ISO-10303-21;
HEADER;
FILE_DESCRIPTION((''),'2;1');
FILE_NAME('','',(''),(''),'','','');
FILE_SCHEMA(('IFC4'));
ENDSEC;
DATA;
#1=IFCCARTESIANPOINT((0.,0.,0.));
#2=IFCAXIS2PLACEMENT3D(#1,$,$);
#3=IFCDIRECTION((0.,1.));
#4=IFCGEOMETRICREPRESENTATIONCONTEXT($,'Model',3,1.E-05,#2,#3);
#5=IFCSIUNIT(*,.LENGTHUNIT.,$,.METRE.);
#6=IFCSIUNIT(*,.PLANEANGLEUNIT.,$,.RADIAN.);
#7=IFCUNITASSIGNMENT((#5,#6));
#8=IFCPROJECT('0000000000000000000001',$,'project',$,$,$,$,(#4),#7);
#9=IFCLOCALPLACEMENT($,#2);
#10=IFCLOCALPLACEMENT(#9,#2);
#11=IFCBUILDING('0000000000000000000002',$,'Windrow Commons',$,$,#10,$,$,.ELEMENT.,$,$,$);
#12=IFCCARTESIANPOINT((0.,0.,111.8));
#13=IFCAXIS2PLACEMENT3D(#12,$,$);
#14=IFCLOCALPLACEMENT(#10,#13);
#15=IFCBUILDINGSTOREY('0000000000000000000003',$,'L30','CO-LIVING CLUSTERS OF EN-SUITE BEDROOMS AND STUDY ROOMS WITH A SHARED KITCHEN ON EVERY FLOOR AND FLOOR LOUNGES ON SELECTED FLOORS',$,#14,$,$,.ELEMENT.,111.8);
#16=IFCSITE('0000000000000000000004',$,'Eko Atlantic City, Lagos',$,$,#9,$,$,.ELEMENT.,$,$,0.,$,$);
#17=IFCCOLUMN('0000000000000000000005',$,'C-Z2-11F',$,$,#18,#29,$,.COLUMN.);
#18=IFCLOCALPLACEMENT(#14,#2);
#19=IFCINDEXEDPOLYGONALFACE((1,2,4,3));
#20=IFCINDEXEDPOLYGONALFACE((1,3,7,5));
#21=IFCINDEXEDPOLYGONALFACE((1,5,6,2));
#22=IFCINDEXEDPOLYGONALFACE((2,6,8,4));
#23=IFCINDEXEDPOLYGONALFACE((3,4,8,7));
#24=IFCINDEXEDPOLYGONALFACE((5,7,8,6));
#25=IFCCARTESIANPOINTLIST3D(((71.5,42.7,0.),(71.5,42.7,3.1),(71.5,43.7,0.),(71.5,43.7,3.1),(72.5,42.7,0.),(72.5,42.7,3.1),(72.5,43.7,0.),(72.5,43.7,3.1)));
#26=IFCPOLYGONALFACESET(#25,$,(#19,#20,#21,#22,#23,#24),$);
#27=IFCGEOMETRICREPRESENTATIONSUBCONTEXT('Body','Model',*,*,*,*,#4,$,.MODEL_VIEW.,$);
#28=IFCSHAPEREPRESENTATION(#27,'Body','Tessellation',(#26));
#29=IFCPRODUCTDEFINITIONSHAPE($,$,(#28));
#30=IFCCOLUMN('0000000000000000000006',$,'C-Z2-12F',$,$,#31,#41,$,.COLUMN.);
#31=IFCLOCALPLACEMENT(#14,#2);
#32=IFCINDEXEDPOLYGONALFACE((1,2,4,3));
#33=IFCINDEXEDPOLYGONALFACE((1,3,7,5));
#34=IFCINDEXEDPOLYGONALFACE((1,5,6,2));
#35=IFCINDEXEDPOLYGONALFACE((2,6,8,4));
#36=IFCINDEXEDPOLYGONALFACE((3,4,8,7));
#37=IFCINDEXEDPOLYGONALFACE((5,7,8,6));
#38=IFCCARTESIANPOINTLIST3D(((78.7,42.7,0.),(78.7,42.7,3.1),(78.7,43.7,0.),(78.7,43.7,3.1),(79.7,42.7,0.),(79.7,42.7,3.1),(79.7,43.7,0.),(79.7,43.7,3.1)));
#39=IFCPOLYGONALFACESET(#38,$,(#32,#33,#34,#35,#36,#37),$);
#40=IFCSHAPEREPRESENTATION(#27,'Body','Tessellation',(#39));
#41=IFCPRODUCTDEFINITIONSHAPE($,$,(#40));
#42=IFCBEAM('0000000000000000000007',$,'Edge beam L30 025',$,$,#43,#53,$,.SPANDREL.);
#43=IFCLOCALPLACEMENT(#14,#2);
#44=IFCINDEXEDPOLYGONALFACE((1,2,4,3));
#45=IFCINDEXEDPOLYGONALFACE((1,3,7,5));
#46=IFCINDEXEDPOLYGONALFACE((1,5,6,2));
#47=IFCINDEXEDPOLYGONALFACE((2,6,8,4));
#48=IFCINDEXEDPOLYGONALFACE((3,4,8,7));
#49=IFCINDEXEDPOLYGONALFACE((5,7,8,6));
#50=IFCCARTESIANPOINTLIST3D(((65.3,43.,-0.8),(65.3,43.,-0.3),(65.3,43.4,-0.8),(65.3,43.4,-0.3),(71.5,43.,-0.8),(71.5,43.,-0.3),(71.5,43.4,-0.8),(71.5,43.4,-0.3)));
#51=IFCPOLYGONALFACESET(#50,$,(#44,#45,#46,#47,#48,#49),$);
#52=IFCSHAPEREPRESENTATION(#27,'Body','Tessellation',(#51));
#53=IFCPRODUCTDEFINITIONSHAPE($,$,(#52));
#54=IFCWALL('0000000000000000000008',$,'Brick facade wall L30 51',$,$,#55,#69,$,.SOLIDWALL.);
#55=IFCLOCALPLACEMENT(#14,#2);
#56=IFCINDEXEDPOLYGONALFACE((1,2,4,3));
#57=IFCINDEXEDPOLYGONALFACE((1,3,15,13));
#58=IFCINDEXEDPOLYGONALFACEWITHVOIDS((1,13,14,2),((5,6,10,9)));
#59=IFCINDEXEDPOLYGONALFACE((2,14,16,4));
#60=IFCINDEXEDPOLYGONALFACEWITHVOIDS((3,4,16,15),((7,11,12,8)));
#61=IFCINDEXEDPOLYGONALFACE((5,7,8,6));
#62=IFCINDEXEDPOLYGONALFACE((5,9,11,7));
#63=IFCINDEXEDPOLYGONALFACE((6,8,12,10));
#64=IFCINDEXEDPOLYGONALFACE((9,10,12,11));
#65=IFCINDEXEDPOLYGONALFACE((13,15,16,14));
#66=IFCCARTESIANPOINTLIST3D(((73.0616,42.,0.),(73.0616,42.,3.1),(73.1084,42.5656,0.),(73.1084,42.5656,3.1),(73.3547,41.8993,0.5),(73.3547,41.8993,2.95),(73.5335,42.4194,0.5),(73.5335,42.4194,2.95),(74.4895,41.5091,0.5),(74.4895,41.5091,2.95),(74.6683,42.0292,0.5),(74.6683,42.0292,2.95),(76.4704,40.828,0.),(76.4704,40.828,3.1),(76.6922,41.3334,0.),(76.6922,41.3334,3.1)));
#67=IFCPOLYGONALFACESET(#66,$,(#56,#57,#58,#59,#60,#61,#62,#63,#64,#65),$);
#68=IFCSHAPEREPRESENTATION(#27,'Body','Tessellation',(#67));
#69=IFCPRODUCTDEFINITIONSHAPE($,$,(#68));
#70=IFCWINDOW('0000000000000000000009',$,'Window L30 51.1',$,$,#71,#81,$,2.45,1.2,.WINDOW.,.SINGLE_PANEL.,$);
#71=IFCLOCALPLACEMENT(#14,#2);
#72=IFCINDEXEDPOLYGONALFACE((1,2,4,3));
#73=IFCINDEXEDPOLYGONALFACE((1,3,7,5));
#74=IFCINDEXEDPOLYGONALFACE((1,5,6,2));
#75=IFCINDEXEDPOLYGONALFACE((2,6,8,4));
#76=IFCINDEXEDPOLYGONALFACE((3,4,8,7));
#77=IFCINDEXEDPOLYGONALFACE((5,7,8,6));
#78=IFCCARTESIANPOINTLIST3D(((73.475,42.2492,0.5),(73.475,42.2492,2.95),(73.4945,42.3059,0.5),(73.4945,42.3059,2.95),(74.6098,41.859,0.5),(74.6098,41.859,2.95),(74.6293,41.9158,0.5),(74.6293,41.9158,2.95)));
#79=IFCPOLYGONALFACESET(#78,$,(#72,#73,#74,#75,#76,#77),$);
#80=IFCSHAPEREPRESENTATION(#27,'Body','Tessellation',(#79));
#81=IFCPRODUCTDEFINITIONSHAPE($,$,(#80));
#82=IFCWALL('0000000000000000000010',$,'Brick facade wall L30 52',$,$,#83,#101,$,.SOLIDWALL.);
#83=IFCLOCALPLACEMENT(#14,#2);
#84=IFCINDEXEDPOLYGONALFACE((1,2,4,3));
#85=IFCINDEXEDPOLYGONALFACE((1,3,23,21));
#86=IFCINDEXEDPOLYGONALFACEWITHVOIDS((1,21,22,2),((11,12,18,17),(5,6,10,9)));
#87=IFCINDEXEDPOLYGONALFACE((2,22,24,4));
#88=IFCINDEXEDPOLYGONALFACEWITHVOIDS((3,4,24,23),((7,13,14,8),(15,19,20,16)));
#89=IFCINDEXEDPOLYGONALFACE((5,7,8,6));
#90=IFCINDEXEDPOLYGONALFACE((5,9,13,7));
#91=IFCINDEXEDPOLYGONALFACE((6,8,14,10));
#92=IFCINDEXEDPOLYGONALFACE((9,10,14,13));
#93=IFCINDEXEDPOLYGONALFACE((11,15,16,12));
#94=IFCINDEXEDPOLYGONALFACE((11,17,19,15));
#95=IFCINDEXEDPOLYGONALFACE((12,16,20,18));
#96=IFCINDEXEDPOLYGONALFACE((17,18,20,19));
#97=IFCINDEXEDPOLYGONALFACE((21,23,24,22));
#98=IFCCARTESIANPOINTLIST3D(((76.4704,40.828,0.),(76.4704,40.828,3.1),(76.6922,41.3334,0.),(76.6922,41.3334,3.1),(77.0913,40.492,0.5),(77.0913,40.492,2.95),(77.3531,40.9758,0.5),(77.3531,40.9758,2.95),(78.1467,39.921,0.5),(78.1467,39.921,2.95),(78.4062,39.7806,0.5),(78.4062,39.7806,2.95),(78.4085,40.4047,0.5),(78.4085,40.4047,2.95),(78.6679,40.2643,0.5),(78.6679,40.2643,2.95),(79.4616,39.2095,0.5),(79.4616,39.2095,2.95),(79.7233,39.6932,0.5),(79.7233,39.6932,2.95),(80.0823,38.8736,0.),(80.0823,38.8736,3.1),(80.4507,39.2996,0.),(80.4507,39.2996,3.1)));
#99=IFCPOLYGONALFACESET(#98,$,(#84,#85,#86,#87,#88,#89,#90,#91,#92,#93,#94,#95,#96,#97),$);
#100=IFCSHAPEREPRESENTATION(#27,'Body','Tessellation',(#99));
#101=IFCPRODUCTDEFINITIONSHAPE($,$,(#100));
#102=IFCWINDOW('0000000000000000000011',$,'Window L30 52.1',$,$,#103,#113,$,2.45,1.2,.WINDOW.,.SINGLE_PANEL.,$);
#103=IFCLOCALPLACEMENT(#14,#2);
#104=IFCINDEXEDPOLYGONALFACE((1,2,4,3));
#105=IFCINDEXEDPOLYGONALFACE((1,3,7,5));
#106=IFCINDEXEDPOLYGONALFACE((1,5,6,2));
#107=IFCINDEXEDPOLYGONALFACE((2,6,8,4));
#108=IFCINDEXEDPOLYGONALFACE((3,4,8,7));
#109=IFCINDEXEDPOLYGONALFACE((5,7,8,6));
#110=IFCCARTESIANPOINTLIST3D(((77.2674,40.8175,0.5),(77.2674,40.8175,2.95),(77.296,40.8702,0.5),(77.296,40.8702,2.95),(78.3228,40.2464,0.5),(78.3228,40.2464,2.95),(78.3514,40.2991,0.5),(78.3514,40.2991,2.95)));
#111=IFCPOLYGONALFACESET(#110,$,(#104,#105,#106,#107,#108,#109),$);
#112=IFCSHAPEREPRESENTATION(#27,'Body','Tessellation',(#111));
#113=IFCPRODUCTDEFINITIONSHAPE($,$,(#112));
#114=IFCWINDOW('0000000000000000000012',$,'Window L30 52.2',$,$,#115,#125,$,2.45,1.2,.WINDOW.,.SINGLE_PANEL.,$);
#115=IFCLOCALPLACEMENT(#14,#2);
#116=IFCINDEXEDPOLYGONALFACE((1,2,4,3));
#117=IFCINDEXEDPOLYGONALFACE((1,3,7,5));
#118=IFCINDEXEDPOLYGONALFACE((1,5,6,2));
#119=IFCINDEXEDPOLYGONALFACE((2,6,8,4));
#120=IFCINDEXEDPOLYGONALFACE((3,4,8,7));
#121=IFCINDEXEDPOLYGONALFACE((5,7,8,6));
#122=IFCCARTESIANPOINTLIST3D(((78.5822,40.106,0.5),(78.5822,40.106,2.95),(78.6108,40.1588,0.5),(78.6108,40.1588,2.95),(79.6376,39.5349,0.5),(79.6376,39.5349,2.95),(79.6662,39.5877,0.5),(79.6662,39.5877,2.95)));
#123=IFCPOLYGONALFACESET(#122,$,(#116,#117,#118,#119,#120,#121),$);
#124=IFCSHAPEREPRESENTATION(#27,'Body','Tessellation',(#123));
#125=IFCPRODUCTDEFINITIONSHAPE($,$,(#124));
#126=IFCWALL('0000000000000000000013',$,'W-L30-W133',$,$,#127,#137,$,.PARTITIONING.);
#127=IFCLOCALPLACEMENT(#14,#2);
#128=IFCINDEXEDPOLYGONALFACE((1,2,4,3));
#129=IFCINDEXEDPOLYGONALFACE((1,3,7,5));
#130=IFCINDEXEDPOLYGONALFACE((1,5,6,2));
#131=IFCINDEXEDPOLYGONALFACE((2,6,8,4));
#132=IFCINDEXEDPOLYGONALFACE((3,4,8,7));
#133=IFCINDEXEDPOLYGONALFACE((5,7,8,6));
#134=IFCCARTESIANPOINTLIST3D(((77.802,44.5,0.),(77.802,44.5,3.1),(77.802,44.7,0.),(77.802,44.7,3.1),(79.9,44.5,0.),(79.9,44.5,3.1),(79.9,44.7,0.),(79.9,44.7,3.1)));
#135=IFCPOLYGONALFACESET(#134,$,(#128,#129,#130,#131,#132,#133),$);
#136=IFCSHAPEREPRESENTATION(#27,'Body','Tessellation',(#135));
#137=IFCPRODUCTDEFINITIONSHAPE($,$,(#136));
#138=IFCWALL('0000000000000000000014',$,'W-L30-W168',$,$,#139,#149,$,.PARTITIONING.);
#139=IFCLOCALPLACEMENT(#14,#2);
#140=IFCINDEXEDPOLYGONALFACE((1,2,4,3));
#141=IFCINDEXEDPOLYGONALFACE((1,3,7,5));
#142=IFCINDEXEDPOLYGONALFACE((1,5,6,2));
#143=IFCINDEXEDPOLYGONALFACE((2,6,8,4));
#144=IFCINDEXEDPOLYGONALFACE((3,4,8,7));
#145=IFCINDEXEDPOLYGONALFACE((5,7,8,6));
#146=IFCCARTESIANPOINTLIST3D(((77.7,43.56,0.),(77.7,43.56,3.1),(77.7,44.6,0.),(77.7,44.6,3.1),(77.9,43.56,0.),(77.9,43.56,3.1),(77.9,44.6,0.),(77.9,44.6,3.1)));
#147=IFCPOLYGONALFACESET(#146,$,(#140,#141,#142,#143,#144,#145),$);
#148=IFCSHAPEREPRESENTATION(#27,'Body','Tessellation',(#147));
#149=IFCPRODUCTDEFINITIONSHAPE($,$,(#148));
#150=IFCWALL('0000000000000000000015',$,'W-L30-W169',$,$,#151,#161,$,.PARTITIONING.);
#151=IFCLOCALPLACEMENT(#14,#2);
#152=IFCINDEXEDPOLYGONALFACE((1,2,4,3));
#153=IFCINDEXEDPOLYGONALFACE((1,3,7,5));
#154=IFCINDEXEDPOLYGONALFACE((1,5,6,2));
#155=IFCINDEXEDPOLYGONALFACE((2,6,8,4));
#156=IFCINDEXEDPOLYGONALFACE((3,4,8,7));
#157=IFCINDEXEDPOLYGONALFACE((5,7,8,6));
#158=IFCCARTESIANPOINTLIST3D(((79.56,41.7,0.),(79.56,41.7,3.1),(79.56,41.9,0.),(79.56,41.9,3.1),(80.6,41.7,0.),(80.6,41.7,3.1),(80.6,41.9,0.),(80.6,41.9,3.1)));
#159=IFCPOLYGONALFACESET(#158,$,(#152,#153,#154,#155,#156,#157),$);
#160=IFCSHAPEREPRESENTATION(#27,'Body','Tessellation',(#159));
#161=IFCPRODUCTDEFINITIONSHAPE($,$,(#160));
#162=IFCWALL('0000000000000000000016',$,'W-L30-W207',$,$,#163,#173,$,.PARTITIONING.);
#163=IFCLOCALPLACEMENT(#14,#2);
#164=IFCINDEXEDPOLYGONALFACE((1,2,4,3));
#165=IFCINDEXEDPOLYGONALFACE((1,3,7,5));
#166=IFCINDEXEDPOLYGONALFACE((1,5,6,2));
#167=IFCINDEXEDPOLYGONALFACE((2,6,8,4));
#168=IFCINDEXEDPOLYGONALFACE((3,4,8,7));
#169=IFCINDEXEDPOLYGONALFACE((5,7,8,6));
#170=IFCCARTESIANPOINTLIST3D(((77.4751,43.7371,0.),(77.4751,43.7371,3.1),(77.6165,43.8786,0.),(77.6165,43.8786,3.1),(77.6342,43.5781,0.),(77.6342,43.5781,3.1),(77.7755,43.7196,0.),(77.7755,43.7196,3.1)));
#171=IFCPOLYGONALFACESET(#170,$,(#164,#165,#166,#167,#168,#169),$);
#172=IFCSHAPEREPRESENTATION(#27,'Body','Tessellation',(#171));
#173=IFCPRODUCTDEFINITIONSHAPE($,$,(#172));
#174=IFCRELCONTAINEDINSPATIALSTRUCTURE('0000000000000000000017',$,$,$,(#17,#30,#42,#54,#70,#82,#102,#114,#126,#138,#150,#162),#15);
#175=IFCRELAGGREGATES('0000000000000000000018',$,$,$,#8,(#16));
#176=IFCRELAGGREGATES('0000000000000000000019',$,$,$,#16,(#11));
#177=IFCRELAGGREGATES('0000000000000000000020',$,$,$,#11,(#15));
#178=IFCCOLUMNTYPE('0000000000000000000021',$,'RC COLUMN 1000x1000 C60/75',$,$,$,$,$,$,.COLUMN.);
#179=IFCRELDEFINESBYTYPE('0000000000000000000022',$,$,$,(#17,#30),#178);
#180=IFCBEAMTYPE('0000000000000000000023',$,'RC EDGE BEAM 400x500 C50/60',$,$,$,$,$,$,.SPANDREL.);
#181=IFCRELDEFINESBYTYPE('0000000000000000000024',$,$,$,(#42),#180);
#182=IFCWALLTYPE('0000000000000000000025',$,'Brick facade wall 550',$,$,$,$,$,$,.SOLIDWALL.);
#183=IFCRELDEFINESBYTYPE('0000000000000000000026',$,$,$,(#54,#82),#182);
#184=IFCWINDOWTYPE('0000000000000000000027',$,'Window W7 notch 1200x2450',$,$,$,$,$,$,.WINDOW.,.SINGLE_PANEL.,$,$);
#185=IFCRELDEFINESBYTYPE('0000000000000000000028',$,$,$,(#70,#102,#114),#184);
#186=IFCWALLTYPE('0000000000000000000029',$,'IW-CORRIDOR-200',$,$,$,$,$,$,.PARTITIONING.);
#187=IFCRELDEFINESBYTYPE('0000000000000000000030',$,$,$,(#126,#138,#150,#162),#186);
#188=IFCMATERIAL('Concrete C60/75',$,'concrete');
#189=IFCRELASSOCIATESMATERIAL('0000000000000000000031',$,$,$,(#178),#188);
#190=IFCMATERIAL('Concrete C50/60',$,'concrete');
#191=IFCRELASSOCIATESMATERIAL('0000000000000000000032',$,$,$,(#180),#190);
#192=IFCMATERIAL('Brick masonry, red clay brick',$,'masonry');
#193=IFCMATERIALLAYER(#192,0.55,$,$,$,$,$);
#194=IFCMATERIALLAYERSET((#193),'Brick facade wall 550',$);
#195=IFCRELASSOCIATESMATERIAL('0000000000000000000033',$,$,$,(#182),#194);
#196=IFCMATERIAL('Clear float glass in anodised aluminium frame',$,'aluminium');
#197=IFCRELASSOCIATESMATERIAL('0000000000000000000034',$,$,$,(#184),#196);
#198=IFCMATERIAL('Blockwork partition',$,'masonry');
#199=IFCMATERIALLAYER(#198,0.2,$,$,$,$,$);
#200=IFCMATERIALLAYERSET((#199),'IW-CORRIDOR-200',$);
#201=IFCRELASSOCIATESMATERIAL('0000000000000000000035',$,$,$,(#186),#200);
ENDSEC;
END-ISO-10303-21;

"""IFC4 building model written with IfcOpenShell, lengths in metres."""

from ifc_helpers import new_model, si_unit, direction, frame, frame_2d, origin, origin_2d, place, context, subcontext, project, spatial, polyline, rectangle, outline, extrude, material, layer, layer_set, material_profile, profile_set, type_object, element, fill, save


model = new_model("IFC4")

# Units and contexts
model_context = context("Model", 3, precision=1e-05, world=origin(), true_north=direction((0.0, 1.0)))
body_context = subcontext(model_context, "Body", "Model", "MODEL_VIEW")
ifc_project = project(units=[si_unit("LENGTHUNIT", "METRE"), si_unit("PLANEANGLEUNIT", "RADIAN")], contexts=[model_context])

# Site, building, storey
site_placement = place(None, origin())
site = spatial("IfcSite", under=ifc_project, at=site_placement, Name="Eko Atlantic City, Lagos", CompositionType="ELEMENT", RefElevation=0.0)
building_placement = place(site_placement, origin())
building = spatial("IfcBuilding", under=site, at=building_placement, Name="Windrow Commons", CompositionType="ELEMENT")
storey_placement = place(building_placement, frame((0.0, 0.0, 111.8)))
storey = spatial("IfcBuildingStorey", under=building, at=storey_placement, Name="L30", Description="CO-LIVING CLUSTERS OF EN-SUITE BEDROOMS AND STUDY ROOMS WITH A SHARED KITCHEN ON EVERY FLOOR AND FLOOR LOUNGES ON SELECTED FLOORS", CompositionType="ELEMENT", Elevation=111.8)

# Columns
ifc_material_1 = material(Name="Concrete C60/75", Category="concrete")
ifc_material_profile_1 = material_profile(ifc_material_1, rectangle(XDim=1.0, YDim=1.0, at=origin_2d()))
ifc_profile_set_1 = profile_set([ifc_material_profile_1], Name="Concrete C60/75")
column_type = type_object("IfcColumnType", Name="RC COLUMN 1000x1000 C60/75", PredefinedType="COLUMN", material=ifc_profile_set_1)
for number, where, z_axis, x_axis, name in (
    (1, (72.0, 43.2, 0.0), (0.0, 0.0, 1.0), (1.0, 0.0, 0.0), "C-Z2-11F"),
    (2, (79.2, 43.2, 0.0), (0.0, 0.0, 1.0), (1.0, 0.0, 0.0), "C-Z2-12F"),
):
    element("IfcColumn", number, at=place(storey_placement, frame(where, z_axis=z_axis, x_axis=x_axis)), inside=storey, type_object=column_type, Name=name, PredefinedType="COLUMN", context=body_context, shape_type="SweptSolid", body=[
        extrude(rectangle(XDim=1.0, YDim=1.0, at=origin_2d()), origin(), (0.0, 0.0, 1.0), 3.1),
    ])

# Beam
ifc_material_2 = material(Name="Concrete C50/60", Category="concrete")
ifc_material_profile_2 = material_profile(ifc_material_2, rectangle(XDim=0.4, YDim=0.5, at=origin_2d()))
ifc_profile_set_2 = profile_set([ifc_material_profile_2], Name="Concrete C50/60")
beam_type = type_object("IfcBeamType", Name="RC EDGE BEAM 400x500 C50/60", PredefinedType="SPANDREL", material=ifc_profile_set_2)
beam_placement = place(storey_placement, frame((71.5, 43.2, -0.55), z_axis=(-1.0, 0.0, 0.0), x_axis=(0.0, -1.0, 0.0)))
element("IfcBeam", 3, at=beam_placement, inside=storey, type_object=beam_type, Name="Edge beam L30 025", PredefinedType="SPANDREL", context=body_context, shape_type="SweptSolid", body=[
    extrude(rectangle(XDim=0.4, YDim=0.5, at=origin_2d()), origin(), (0.0, 0.0, 1.0), 6.2),
])

# Wall, opening, window
ifc_material_3 = material(Name="Brick masonry, red clay brick", Category="masonry")
ifc_layer_1 = layer(ifc_material_3, 0.55)
ifc_layer_set_1 = layer_set([ifc_layer_1], Name="Brick facade wall 550")
wall_type_1 = type_object("IfcWallType", Name="Brick facade wall 550", PredefinedType="SOLIDWALL", material=ifc_layer_set_1)
wall_1_placement = place(storey_placement, frame((73.085, 42.2828, 0.0), z_axis=(0.0, 0.0, 1.0), x_axis=(0.945666, -0.325139, 0.0)))
wall_1 = element("IfcWall", 4, at=wall_1_placement, inside=storey, type_object=wall_type_1, Name="Brick facade wall L30 51", PredefinedType="SOLIDWALL", context=body_context, shape_type="SweptSolid", body=[
    extrude(outline(polyline([(0.0698, -0.275), (3.6745, -0.275), (3.7199, 0.275), (-0.0698, 0.275), (0.0698, -0.275)])), origin(), (0.0, 0.0, 1.0), 3.1),
])
opening_1_placement = place(wall_1_placement, frame((0.3797, 0.0, 0.5)))
opening_1 = element("IfcOpeningElement", 5, at=opening_1_placement, cuts=wall_1, PredefinedType="OPENING", context=body_context, shape_type="SweptSolid", body=[
    extrude(rectangle(XDim=1.2, YDim=2.45, at=frame_2d((0.6, 1.225))), frame((0.0, 0.285, 0.0), z_axis=(0.0, -1.0, 0.0), x_axis=(1.0, 0.0, 0.0)), (0.0, 0.0, 1.0), 0.57),
])
ifc_material_4 = material(Name="Clear float glass in anodised aluminium frame", Category="aluminium")
window_type = type_object("IfcWindowType", Name="Window W7 notch 1200x2450", PartitioningType="SINGLE_PANEL", PredefinedType="WINDOW", material=ifc_material_4)
window_1_placement = place(opening_1_placement, origin())
window_1 = element("IfcWindow", 6, at=window_1_placement, inside=storey, type_object=window_type, Name="Window L30 51.1", OverallHeight=2.45, OverallWidth=1.2, PartitioningType="SINGLE_PANEL", PredefinedType="WINDOW", context=body_context, shape_type="SweptSolid", body=[
    extrude(rectangle(XDim=1.2, YDim=2.45, at=frame_2d((0.6, 1.225))), frame((0.0, 0.155, 0.0), z_axis=(0.0, -1.0, 0.0), x_axis=(1.0, 0.0, 0.0)), (0.0, 0.0, 1.0), 0.06),
])
fill(opening_1, window_1)

# Wall, openings, windows
wall_2_placement = place(storey_placement, frame((76.5813, 41.0807, 0.0), z_axis=(0.0, 0.0, 1.0), x_axis=(0.879497, -0.475905, 0.0)))
wall_2 = element("IfcWall", 7, at=wall_2_placement, inside=storey, type_object=wall_type_1, Name="Brick facade wall L30 52", PredefinedType="SOLIDWALL", context=body_context, shape_type="SweptSolid", body=[
    extrude(outline(polyline([(0.0227, -0.275), (4.1295, -0.275), (4.2507, 0.275), (-0.0227, 0.275), (0.0227, -0.275)])), origin(), (0.0, 0.0, 1.0), 3.1),
])
opening_2_placement = place(wall_2_placement, frame((0.7287, 0.0, 0.5)))
opening_2 = element("IfcOpeningElement", 8, at=opening_2_placement, cuts=wall_2, PredefinedType="OPENING", context=body_context, shape_type="SweptSolid", body=[
    extrude(rectangle(XDim=1.2, YDim=2.45, at=frame_2d((0.6, 1.225))), frame((0.0, 0.285, 0.0), z_axis=(0.0, -1.0, 0.0), x_axis=(1.0, 0.0, 0.0)), (0.0, 0.0, 1.0), 0.57),
])
opening_3_placement = place(wall_2_placement, frame((2.2237, 0.0, 0.5)))
opening_3 = element("IfcOpeningElement", 9, at=opening_3_placement, cuts=wall_2, PredefinedType="OPENING", context=body_context, shape_type="SweptSolid", body=[
    extrude(rectangle(XDim=1.2, YDim=2.45, at=frame_2d((0.6, 1.225))), frame((0.0, 0.285, 0.0), z_axis=(0.0, -1.0, 0.0), x_axis=(1.0, 0.0, 0.0)), (0.0, 0.0, 1.0), 0.57),
])
window_2_placement = place(opening_2_placement, origin())
window_2 = element("IfcWindow", 10, at=window_2_placement, inside=storey, type_object=window_type, Name="Window L30 52.1", OverallHeight=2.45, OverallWidth=1.2, PartitioningType="SINGLE_PANEL", PredefinedType="WINDOW", context=body_context, shape_type="SweptSolid", body=[
    extrude(rectangle(XDim=1.2, YDim=2.45, at=frame_2d((0.6, 1.225))), frame((0.0, 0.155, 0.0), z_axis=(0.0, -1.0, 0.0), x_axis=(1.0, 0.0, 0.0)), (0.0, 0.0, 1.0), 0.06),
])
fill(opening_2, window_2)
window_3_placement = place(opening_3_placement, origin())
window_3 = element("IfcWindow", 11, at=window_3_placement, inside=storey, type_object=window_type, Name="Window L30 52.2", OverallHeight=2.45, OverallWidth=1.2, PartitioningType="SINGLE_PANEL", PredefinedType="WINDOW", context=body_context, shape_type="SweptSolid", body=[
    extrude(rectangle(XDim=1.2, YDim=2.45, at=frame_2d((0.6, 1.225))), frame((0.0, 0.155, 0.0), z_axis=(0.0, -1.0, 0.0), x_axis=(1.0, 0.0, 0.0)), (0.0, 0.0, 1.0), 0.06),
])
fill(opening_3, window_3)

# Walls
ifc_material_5 = material(Name="Blockwork partition", Category="masonry")
ifc_layer_2 = layer(ifc_material_5, 0.2)
ifc_layer_set_2 = layer_set([ifc_layer_2], Name="IW-CORRIDOR-200")
wall_type_2 = type_object("IfcWallType", Name="IW-CORRIDOR-200", PredefinedType="PARTITIONING", material=ifc_layer_set_2)
wall_3_placement = place(storey_placement, frame((77.802, 44.6, 0.0), z_axis=(0.0, 0.0, 1.0), x_axis=(1.0, 0.0, 0.0)))
element("IfcWall", 12, at=wall_3_placement, inside=storey, type_object=wall_type_2, Name="W-L30-W133", PredefinedType="PARTITIONING", context=body_context, shape_type="SweptSolid", body=[
    extrude(rectangle(XDim=2.098, YDim=0.2, at=frame_2d((1.049, 0.0))), origin(), (0.0, 0.0, 1.0), 3.1),
])
for number, where, z_axis, x_axis, name in (
    (13, (77.8, 43.56, 0.0), (0.0, 0.0, 1.0), (0.0, 1.0, 0.0), "W-L30-W168"),
    (14, (79.56, 41.8, 0.0), (0.0, 0.0, 1.0), (1.0, 0.0, 0.0), "W-L30-W169"),
):
    element("IfcWall", number, at=place(storey_placement, frame(where, z_axis=z_axis, x_axis=x_axis)), inside=storey, type_object=wall_type_2, Name=name, PredefinedType="PARTITIONING", context=body_context, shape_type="SweptSolid", body=[
        extrude(rectangle(XDim=1.04, YDim=0.2, at=frame_2d((0.52, 0.0))), origin(), (0.0, 0.0, 1.0), 3.1),
    ])
wall_4_placement = place(storey_placement, frame((77.5458, 43.8078, 0.0), z_axis=(0.0, 0.0, 1.0), x_axis=(0.707329, -0.706884, 0.0)))
element("IfcWall", 15, at=wall_4_placement, inside=storey, type_object=wall_type_2, Name="W-L30-W207", PredefinedType="PARTITIONING", context=body_context, shape_type="SweptSolid", body=[
    extrude(rectangle(XDim=0.2249, YDim=0.2, at=frame_2d((0.1124, 0.0))), origin(), (0.0, 0.0, 1.0), 3.1),
])

save(model, "model.ifc")
